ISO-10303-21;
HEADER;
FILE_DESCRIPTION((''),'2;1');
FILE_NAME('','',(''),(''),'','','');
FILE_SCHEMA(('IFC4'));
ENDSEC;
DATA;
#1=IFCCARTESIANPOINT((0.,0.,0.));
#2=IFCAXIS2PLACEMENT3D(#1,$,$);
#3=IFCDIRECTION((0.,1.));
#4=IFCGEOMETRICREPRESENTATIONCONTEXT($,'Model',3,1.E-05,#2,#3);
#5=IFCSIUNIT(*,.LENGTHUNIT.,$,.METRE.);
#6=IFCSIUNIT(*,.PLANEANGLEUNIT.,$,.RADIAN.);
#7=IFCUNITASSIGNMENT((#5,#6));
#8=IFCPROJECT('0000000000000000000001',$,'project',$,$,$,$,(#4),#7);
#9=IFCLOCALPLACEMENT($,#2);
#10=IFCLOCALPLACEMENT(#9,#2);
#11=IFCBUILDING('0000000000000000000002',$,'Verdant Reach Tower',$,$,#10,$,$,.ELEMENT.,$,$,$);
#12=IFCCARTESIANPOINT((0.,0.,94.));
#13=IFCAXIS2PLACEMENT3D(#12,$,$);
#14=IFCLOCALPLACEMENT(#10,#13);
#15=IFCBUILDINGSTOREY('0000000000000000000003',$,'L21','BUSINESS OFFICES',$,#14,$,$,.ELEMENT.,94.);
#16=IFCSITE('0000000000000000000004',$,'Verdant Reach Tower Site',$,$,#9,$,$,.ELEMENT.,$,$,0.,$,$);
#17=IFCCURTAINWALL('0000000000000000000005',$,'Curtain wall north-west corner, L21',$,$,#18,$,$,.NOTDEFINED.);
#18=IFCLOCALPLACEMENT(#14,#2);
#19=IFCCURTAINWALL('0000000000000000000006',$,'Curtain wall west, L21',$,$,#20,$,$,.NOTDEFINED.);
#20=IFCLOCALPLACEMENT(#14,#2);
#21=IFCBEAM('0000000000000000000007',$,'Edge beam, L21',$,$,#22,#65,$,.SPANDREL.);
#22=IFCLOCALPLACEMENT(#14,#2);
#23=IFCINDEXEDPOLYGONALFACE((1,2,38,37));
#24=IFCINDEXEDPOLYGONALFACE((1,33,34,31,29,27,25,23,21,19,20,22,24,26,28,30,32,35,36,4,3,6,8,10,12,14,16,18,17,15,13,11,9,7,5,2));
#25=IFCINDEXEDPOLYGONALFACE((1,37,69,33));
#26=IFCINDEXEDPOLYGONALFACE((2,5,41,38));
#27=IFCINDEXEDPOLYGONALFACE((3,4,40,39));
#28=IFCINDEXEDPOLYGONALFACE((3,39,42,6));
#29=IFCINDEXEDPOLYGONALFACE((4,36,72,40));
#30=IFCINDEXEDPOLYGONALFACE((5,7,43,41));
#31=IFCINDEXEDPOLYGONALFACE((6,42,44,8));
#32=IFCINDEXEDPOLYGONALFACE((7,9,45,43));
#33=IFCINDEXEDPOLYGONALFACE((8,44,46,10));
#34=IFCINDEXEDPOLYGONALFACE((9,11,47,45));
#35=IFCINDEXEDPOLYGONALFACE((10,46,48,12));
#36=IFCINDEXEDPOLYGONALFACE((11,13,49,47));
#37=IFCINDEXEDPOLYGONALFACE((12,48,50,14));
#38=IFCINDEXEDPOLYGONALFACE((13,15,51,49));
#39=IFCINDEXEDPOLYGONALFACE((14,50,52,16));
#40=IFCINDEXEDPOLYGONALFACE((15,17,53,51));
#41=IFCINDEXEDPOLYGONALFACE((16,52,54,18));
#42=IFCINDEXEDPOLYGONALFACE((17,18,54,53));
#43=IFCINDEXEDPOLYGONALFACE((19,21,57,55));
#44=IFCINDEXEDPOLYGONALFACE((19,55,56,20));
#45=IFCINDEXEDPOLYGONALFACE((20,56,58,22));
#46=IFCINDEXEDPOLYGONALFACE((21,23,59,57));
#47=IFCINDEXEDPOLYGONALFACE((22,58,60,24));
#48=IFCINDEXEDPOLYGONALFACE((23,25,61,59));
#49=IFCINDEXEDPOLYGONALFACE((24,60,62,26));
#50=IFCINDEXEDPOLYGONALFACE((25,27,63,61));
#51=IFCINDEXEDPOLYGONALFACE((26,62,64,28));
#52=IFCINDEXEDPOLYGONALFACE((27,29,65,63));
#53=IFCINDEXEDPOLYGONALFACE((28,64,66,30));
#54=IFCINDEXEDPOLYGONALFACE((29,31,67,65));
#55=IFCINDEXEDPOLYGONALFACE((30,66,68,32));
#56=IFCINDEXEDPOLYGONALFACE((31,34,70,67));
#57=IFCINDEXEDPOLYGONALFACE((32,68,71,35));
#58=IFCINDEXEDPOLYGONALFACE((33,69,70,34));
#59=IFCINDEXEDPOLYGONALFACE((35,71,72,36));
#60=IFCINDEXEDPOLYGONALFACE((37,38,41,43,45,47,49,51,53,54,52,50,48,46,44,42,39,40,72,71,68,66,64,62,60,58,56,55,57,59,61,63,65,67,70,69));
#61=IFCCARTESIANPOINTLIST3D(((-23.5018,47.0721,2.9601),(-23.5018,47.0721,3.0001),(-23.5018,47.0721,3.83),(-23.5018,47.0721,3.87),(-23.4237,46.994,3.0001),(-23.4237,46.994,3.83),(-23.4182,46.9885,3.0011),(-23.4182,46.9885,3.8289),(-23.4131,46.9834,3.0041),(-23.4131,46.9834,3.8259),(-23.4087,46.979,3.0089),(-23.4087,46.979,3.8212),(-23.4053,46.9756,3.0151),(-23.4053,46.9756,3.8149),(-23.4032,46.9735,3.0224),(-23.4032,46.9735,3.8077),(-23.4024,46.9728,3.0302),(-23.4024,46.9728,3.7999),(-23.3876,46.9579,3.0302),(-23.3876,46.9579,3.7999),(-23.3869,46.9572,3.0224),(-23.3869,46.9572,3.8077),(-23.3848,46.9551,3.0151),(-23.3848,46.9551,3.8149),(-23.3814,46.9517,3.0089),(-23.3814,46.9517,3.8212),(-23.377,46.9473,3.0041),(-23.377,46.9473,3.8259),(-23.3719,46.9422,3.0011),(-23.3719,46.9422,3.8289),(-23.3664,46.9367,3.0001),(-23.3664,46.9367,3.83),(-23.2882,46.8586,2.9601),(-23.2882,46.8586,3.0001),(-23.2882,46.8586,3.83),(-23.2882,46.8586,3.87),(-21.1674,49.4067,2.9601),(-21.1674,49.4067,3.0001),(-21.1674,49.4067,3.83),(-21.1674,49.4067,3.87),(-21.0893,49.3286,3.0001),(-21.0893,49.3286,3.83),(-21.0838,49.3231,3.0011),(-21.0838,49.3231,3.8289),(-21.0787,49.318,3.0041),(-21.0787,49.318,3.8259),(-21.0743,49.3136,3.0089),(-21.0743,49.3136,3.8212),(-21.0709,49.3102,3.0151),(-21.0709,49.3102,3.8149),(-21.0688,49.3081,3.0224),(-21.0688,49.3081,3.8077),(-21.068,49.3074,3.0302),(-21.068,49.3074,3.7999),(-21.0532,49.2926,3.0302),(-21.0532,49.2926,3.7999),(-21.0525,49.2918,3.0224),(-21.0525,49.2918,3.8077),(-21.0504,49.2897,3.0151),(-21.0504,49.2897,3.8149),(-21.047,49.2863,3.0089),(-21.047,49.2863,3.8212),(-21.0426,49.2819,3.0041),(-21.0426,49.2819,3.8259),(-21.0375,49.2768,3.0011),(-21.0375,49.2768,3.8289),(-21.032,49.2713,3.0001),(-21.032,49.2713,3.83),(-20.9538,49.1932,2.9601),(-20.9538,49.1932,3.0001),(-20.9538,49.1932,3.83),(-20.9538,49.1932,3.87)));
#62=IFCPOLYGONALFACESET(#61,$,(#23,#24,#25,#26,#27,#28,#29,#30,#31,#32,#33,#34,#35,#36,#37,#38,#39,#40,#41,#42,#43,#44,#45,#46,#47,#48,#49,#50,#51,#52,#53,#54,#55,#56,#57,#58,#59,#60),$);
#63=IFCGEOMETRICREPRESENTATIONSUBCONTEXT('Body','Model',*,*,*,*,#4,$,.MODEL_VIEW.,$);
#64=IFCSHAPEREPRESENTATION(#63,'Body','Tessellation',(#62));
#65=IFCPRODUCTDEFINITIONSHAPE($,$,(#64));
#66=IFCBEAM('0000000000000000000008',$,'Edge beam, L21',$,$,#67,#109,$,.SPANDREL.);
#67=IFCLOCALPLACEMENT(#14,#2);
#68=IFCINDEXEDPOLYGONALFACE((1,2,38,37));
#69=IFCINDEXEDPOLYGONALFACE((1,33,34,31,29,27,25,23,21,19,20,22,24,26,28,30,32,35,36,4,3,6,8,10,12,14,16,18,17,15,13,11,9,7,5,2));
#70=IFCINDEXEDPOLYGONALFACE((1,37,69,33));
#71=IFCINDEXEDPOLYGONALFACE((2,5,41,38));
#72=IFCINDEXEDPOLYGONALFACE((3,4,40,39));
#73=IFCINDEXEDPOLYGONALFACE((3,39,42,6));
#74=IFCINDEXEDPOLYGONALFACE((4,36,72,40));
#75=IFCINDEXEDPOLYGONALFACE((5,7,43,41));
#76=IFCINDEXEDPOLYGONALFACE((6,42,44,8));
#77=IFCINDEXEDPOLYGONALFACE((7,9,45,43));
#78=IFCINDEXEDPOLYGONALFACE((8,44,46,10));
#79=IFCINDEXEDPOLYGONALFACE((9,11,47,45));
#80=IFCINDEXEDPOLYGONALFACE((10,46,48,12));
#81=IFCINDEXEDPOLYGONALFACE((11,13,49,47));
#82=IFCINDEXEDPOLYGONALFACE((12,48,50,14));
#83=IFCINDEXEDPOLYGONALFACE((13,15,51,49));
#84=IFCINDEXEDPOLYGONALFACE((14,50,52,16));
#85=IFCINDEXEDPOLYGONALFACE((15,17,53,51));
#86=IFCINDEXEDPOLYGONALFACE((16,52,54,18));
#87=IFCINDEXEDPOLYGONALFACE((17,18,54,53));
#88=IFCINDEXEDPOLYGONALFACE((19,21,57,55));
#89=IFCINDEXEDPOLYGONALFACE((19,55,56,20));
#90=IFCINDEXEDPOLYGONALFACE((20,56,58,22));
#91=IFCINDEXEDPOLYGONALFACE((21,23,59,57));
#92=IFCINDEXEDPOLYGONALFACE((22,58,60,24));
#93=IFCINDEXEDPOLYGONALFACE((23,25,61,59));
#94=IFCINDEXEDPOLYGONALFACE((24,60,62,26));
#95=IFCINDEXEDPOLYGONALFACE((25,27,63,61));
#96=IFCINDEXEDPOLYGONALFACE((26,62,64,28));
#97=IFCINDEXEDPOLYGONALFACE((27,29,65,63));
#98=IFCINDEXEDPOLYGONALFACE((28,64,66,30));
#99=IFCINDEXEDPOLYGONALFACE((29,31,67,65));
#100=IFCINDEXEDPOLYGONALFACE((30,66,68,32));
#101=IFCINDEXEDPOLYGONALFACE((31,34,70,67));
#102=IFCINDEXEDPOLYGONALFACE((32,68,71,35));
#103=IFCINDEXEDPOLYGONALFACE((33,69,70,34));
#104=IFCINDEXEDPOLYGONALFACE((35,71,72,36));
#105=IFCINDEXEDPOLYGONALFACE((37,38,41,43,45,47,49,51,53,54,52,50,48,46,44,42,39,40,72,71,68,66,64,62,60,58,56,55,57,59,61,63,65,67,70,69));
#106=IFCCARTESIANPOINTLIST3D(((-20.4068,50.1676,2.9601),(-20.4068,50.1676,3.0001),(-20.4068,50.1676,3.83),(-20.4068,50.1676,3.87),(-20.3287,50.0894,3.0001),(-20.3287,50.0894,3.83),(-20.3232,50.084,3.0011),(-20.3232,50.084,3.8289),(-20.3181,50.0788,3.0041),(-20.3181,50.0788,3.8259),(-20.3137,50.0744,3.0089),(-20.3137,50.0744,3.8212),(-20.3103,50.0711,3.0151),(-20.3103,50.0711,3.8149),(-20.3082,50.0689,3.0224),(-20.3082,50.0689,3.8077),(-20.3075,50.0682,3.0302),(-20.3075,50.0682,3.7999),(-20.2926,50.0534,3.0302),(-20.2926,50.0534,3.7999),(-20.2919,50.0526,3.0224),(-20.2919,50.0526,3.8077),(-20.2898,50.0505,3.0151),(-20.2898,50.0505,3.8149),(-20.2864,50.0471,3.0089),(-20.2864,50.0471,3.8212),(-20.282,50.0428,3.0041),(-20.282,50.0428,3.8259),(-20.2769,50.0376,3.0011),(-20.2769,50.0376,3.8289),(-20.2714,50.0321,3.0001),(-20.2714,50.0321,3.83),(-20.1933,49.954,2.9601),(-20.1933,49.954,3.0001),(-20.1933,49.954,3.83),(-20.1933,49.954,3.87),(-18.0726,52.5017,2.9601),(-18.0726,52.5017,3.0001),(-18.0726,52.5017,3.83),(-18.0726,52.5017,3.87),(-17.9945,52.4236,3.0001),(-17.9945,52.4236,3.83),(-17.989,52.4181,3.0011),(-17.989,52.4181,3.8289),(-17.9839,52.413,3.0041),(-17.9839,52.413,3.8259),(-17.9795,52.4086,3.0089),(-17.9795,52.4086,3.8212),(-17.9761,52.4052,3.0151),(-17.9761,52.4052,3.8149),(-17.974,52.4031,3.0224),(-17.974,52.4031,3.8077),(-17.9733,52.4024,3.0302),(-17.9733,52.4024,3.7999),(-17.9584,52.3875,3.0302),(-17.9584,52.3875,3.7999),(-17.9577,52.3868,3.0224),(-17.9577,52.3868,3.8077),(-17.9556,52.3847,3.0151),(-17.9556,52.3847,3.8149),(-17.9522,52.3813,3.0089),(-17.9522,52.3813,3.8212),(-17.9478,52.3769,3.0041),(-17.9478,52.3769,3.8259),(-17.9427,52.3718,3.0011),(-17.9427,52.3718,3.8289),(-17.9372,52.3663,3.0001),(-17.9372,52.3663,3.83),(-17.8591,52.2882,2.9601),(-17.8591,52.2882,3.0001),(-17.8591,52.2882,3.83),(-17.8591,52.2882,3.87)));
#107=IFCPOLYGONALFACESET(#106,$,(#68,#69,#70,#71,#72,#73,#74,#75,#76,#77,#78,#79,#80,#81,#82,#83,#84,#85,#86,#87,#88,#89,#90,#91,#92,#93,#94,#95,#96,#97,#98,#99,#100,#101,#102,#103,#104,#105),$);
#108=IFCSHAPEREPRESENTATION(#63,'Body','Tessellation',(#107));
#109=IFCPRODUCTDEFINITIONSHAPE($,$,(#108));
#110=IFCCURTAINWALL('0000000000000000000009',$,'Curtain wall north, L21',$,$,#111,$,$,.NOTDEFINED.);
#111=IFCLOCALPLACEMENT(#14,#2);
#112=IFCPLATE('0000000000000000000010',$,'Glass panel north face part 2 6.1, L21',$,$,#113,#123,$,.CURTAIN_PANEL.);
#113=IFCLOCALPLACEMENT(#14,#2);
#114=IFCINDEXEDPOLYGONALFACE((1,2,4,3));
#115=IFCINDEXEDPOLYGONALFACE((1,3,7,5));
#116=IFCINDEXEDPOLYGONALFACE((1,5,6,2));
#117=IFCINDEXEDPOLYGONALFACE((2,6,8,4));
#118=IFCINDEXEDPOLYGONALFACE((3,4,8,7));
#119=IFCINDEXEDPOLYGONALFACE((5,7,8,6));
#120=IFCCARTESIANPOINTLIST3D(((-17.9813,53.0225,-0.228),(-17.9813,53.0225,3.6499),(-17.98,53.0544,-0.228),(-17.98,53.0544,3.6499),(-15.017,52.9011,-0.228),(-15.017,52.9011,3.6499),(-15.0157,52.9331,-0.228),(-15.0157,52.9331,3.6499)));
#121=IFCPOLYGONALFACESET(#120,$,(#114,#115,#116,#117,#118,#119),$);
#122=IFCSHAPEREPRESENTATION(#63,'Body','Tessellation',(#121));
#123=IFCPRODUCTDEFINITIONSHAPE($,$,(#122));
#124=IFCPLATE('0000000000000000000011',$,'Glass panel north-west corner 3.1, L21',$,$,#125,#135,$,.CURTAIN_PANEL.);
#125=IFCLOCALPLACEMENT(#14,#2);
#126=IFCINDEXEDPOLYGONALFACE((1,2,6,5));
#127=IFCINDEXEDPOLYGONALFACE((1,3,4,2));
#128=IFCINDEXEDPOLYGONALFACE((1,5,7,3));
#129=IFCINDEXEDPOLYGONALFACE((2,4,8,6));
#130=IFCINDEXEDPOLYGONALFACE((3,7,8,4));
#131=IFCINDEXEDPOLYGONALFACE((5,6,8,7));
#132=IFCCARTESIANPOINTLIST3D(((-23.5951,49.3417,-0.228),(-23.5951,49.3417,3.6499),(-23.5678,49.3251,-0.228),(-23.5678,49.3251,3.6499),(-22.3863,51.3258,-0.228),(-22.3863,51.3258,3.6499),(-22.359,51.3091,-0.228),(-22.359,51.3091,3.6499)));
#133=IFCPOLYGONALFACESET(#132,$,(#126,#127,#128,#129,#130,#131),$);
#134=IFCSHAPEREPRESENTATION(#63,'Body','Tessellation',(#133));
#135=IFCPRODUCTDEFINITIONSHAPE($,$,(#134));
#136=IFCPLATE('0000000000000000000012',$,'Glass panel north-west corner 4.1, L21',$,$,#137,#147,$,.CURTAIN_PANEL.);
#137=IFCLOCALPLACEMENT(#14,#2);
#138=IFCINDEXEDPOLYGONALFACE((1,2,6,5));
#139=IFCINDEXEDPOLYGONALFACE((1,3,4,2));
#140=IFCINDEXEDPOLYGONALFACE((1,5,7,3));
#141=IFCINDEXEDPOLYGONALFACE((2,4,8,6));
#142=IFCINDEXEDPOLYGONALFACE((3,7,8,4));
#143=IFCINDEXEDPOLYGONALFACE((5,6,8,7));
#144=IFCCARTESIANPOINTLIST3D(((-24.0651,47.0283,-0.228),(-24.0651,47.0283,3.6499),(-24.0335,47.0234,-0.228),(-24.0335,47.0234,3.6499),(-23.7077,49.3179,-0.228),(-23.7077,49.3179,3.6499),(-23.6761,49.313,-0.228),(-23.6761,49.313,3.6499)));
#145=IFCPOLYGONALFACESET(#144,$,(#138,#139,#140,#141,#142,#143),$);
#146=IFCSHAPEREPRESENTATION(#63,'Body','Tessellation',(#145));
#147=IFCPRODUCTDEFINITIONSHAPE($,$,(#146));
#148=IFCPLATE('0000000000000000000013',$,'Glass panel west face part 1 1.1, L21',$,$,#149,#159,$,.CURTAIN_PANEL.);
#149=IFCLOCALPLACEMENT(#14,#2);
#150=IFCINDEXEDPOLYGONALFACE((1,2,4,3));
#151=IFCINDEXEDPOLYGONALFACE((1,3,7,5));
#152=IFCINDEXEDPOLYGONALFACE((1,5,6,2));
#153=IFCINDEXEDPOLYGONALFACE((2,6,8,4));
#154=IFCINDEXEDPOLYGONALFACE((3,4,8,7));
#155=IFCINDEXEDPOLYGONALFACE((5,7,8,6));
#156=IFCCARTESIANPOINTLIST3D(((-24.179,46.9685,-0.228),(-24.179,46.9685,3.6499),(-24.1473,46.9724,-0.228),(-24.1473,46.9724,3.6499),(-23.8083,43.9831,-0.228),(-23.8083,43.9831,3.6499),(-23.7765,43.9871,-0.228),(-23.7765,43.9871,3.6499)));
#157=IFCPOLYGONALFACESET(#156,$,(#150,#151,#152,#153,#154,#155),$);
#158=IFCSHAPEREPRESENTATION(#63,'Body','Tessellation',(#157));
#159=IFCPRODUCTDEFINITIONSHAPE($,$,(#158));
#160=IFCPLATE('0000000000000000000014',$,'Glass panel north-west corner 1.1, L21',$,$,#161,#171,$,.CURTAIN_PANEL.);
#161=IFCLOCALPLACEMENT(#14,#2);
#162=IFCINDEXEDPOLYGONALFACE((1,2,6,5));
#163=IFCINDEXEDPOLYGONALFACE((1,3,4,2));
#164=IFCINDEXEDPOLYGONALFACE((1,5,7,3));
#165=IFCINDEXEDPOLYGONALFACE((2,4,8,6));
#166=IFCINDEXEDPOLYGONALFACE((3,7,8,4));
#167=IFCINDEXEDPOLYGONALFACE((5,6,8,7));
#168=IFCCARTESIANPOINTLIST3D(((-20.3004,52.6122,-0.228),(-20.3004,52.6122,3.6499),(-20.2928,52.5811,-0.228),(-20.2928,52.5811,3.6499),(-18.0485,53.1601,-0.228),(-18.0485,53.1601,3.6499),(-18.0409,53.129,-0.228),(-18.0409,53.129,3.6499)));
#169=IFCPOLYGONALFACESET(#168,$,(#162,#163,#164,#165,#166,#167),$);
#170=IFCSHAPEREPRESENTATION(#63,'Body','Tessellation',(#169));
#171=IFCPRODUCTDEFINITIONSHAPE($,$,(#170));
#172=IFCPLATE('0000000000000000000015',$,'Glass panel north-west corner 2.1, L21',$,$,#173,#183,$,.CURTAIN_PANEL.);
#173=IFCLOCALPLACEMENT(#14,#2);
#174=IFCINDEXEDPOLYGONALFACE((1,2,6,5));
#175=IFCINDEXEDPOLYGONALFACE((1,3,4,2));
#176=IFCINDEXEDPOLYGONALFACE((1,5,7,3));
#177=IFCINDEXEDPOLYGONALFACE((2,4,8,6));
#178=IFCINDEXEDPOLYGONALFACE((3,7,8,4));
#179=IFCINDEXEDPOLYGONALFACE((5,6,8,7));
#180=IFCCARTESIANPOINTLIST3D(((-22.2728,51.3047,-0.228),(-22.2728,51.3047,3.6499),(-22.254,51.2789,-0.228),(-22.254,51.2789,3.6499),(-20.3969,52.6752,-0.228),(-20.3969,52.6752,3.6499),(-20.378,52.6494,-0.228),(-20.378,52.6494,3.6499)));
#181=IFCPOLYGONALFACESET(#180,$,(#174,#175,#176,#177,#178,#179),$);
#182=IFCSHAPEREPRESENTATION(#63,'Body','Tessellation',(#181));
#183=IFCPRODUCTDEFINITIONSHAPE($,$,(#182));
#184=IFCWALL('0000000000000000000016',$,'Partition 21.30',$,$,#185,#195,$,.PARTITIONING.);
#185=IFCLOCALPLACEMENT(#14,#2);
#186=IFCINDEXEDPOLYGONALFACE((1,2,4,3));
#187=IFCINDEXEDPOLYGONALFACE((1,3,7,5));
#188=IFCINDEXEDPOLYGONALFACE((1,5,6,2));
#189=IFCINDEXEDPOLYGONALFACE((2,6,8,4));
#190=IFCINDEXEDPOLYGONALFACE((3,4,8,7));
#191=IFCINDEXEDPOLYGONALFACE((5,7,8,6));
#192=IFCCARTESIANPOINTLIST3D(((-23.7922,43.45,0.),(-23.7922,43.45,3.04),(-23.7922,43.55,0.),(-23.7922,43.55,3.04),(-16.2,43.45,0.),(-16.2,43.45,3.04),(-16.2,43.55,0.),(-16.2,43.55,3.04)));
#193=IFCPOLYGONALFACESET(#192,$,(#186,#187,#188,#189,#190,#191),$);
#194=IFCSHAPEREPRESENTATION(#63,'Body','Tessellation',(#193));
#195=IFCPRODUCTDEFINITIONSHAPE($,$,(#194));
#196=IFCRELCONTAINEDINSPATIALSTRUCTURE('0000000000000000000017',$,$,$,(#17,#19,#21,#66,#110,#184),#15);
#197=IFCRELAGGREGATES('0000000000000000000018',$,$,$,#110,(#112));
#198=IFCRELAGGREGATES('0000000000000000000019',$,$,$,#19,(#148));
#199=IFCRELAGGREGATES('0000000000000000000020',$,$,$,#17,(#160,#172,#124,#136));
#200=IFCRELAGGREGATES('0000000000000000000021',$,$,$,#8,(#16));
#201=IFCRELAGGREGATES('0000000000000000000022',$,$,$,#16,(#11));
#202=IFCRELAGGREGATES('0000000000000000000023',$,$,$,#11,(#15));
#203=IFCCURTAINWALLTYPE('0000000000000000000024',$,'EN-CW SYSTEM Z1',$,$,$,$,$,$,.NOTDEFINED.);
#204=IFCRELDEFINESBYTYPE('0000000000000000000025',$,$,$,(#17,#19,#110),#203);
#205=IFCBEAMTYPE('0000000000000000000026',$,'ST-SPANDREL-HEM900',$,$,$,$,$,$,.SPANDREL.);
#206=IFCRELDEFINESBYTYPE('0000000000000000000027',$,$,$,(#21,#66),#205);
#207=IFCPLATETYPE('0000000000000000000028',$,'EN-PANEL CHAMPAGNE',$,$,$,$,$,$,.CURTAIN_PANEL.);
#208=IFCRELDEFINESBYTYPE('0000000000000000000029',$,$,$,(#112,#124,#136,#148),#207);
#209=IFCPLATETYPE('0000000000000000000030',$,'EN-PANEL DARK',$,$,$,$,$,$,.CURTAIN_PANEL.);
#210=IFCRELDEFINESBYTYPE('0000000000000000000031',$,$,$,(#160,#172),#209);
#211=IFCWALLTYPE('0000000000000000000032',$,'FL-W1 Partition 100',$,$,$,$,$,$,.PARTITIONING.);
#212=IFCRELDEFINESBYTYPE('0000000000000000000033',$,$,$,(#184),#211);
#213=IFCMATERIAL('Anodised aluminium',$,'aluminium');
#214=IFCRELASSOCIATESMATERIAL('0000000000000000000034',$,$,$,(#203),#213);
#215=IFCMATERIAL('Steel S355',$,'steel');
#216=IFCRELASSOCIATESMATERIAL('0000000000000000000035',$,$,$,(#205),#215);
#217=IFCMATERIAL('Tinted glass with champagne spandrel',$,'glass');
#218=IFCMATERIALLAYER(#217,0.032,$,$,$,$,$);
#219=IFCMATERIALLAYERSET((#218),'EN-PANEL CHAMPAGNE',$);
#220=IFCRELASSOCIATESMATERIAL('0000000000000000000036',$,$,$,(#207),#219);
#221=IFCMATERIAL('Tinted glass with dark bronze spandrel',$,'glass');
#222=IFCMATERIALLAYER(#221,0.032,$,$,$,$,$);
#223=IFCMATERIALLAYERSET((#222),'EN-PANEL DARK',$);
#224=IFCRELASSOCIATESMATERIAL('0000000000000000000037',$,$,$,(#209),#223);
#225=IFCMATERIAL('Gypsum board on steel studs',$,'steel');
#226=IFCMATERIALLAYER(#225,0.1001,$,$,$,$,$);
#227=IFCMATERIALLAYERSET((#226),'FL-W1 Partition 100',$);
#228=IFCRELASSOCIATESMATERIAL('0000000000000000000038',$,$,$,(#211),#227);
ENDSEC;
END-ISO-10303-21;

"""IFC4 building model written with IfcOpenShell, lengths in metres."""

from ifc_helpers import new_model, si_unit, direction, frame, frame_2d, origin, origin_2d, place, context, subcontext, project, spatial, rectangle, i_section, extrude, material, layer, layer_set, material_profile, profile_set, type_object, element, aggregate, save


model = new_model("IFC4")

# Units and contexts
model_context = context("Model", 3, precision=1e-05, world=origin(), true_north=direction((0.0, 1.0)))
body_context = subcontext(model_context, "Body", "Model", "MODEL_VIEW")
ifc_project = project(units=[si_unit("LENGTHUNIT", "METRE"), si_unit("PLANEANGLEUNIT", "RADIAN")], contexts=[model_context])

# Site, building, storey
site_placement = place(None, origin())
site = spatial("IfcSite", under=ifc_project, at=site_placement, Name="Verdant Reach Tower Site", CompositionType="ELEMENT", RefElevation=0.0)
building_placement = place(site_placement, origin())
building = spatial("IfcBuilding", under=site, at=building_placement, Name="Verdant Reach Tower", CompositionType="ELEMENT")
storey_placement = place(building_placement, frame((0.0, 0.0, 94.0)))
storey = spatial("IfcBuildingStorey", under=building, at=storey_placement, Name="L21", Description="BUSINESS OFFICES", CompositionType="ELEMENT", Elevation=94.0)

# Curtain walls
ifc_material_1 = material(Name="Anodised aluminium", Category="aluminium")
curtain_wall_type = type_object("IfcCurtainWallType", Name="EN-CW SYSTEM Z1", PredefinedType="NOTDEFINED", material=ifc_material_1)
curtain_wall_1_placement = place(storey_placement, origin())
curtain_wall_1 = element("IfcCurtainWall", 1, at=curtain_wall_1_placement, inside=storey, type_object=curtain_wall_type, Name="Curtain wall north-west corner, L21", PredefinedType="NOTDEFINED")
curtain_wall_2_placement = place(storey_placement, origin())
curtain_wall_2 = element("IfcCurtainWall", 2, at=curtain_wall_2_placement, inside=storey, type_object=curtain_wall_type, Name="Curtain wall west, L21", PredefinedType="NOTDEFINED")

# Beams
ifc_material_2 = material(Name="Steel S355", Category="steel")
ifc_material_profile_1 = material_profile(ifc_material_2, i_section(OverallWidth=0.302, OverallDepth=0.9099, WebThickness=0.021, FlangeThickness=0.04, FilletRadius=0.03, at=origin_2d()), Name="HEM 900")
ifc_profile_set_1 = profile_set([ifc_material_profile_1], Name="Steel S355")
beam_type_1 = type_object("IfcBeamType", Name="ST-SPANDREL-HEM900", PredefinedType="SPANDREL", material=ifc_profile_set_1)
beam_1_placement = place(storey_placement, frame((-23.395, 46.9653, 3.415), z_axis=(0.70707, 0.707144, 0.0), x_axis=(-0.707144, 0.70707, 0.0)))
element("IfcBeam", 3, at=beam_1_placement, inside=storey, type_object=beam_type_1, Name="Edge beam, L21", PredefinedType="SPANDREL", context=body_context, shape_type="SweptSolid", body=[
    extrude(i_section(OverallWidth=0.302, OverallDepth=0.9099, WebThickness=0.021, FlangeThickness=0.04, FilletRadius=0.03, at=origin_2d()), origin(), (0.0, 0.0, 1.0), 3.3015),
])
beam_2_placement = place(storey_placement, frame((-20.3, 50.0608, 3.415), z_axis=(0.707107, 0.707107, 0.0), x_axis=(-0.707107, 0.707107, 0.0)))
element("IfcBeam", 4, at=beam_2_placement, inside=storey, type_object=beam_type_1, Name="Edge beam, L21", PredefinedType="SPANDREL", context=body_context, shape_type="SweptSolid", body=[
    extrude(i_section(OverallWidth=0.302, OverallDepth=0.9099, WebThickness=0.021, FlangeThickness=0.04, FilletRadius=0.03, at=origin_2d()), origin(), (0.0, 0.0, 1.0), 3.301),
])

# Curtain wall, plate
curtain_wall_3_placement = place(storey_placement, origin())
curtain_wall_3 = element("IfcCurtainWall", 5, at=curtain_wall_3_placement, inside=storey, type_object=curtain_wall_type, Name="Curtain wall north, L21", PredefinedType="NOTDEFINED")
ifc_material_3 = material(Name="Tinted glass with champagne spandrel", Category="glass")
ifc_layer_1 = layer(ifc_material_3, 0.032)
ifc_layer_set_1 = layer_set([ifc_layer_1], Name="EN-PANEL CHAMPAGNE")
plate_type_1 = type_object("IfcPlateType", Name="EN-PANEL CHAMPAGNE", PredefinedType="CURTAIN_PANEL", material=ifc_layer_set_1)
plate_1_placement = place(storey_placement, frame((-16.4985, 52.9778, -0.228), z_axis=(0.0, 0.0, 1.0), x_axis=(-0.999163, 0.04091, 0.0)))
plate_1 = element("IfcPlate", 6, at=plate_1_placement, type_object=plate_type_1, Name="Glass panel north face part 2 6.1, L21", PredefinedType="CURTAIN_PANEL", context=body_context, shape_type="SweptSolid", body=[
    extrude(rectangle(XDim=2.9668, YDim=0.032, at=origin_2d()), origin(), (0.0, 0.0, 1.0), 3.8779),
])
aggregate(curtain_wall_3, [plate_1])

# Plates
plate_2_placement = place(storey_placement, frame((-22.9771, 50.3254, -0.228), z_axis=(0.0, 0.0, 1.0), x_axis=(-0.520292, -0.853989, 0.0)))
plate_2 = element("IfcPlate", 7, at=plate_2_placement, type_object=plate_type_1, Name="Glass panel north-west corner 3.1, L21", PredefinedType="CURTAIN_PANEL", context=body_context, shape_type="SweptSolid", body=[
    extrude(rectangle(XDim=2.3232, YDim=0.032, at=origin_2d()), origin(), (0.0, 0.0, 1.0), 3.8779),
])
plate_3_placement = place(storey_placement, frame((-23.8706, 48.1707, -0.228), z_axis=(0.0, 0.0, 1.0), x_axis=(-0.154248, -0.988032, 0.0)))
plate_3 = element("IfcPlate", 8, at=plate_3_placement, type_object=plate_type_1, Name="Glass panel north-west corner 4.1, L21", PredefinedType="CURTAIN_PANEL", context=body_context, shape_type="SweptSolid", body=[
    extrude(rectangle(XDim=2.3174, YDim=0.032, at=origin_2d()), origin(), (0.0, 0.0, 1.0), 3.8779),
])
plate_4_placement = place(storey_placement, frame((-23.9778, 45.4778, -0.228), z_axis=(0.0, 0.0, 1.0), x_axis=(0.123256, -0.992375, 0.0)))
plate_4 = element("IfcPlate", 9, at=plate_4_placement, type_object=plate_type_1, Name="Glass panel west face part 1 1.1, L21", PredefinedType="CURTAIN_PANEL", context=body_context, shape_type="SweptSolid", body=[
    extrude(rectangle(XDim=3.0083, YDim=0.032, at=origin_2d()), origin(), (0.0, 0.0, 1.0), 3.8779),
])
aggregate(curtain_wall_2, [plate_4])
ifc_material_4 = material(Name="Tinted glass with dark bronze spandrel", Category="glass")
ifc_layer_2 = layer(ifc_material_4, 0.032)
ifc_layer_set_2 = layer_set([ifc_layer_2], Name="EN-PANEL DARK")
plate_type_2 = type_object("IfcPlateType", Name="EN-PANEL DARK", PredefinedType="CURTAIN_PANEL", material=ifc_layer_set_2)
plate_5_placement = place(storey_placement, frame((-19.1707, 52.8706, -0.228), z_axis=(0.0, 0.0, 1.0), x_axis=(-0.971661, -0.23638, 0.0)))
plate_5 = element("IfcPlate", 10, at=plate_5_placement, type_object=plate_type_2, Name="Glass panel north-west corner 1.1, L21", PredefinedType="CURTAIN_PANEL", context=body_context, shape_type="SweptSolid", body=[
    extrude(rectangle(XDim=2.3176, YDim=0.032, at=origin_2d()), origin(), (0.0, 0.0, 1.0), 3.8779),
])
plate_6_placement = place(storey_placement, frame((-21.3254, 51.9771, -0.228), z_axis=(0.0, 0.0, 1.0), x_axis=(-0.807457, -0.589927, 0.0)))
plate_6 = element("IfcPlate", 11, at=plate_6_placement, type_object=plate_type_2, Name="Glass panel north-west corner 2.1, L21", PredefinedType="CURTAIN_PANEL", context=body_context, shape_type="SweptSolid", body=[
    extrude(rectangle(XDim=2.3232, YDim=0.032, at=origin_2d()), origin(), (0.0, 0.0, 1.0), 3.8779),
])
aggregate(curtain_wall_1, [plate_5, plate_6, plate_2, plate_3])

# Wall
ifc_material_5 = material(Name="Gypsum board on steel studs", Category="steel")
ifc_layer_3 = layer(ifc_material_5, 0.1001)
ifc_layer_set_3 = layer_set([ifc_layer_3], Name="FL-W1 Partition 100")
wall_type_1 = type_object("IfcWallType", Name="FL-W1 Partition 100", PredefinedType="PARTITIONING", material=ifc_layer_set_3)
wall_1_placement = place(storey_placement, frame((-16.2, 43.5, 0.0), z_axis=(0.0, 0.0, 1.0), x_axis=(-1.0, 0.0, 0.0)))
element("IfcWall", 12, at=wall_1_placement, inside=storey, type_object=wall_type_1, Name="Partition 21.30", PredefinedType="PARTITIONING", context=body_context, shape_type="SweptSolid", body=[
    extrude(rectangle(XDim=7.5923, YDim=0.1001, at=frame_2d((3.7961, 0.0))), origin(), (0.0, 0.0, 1.0), 3.04),
])

save(model, "model.ifc")
